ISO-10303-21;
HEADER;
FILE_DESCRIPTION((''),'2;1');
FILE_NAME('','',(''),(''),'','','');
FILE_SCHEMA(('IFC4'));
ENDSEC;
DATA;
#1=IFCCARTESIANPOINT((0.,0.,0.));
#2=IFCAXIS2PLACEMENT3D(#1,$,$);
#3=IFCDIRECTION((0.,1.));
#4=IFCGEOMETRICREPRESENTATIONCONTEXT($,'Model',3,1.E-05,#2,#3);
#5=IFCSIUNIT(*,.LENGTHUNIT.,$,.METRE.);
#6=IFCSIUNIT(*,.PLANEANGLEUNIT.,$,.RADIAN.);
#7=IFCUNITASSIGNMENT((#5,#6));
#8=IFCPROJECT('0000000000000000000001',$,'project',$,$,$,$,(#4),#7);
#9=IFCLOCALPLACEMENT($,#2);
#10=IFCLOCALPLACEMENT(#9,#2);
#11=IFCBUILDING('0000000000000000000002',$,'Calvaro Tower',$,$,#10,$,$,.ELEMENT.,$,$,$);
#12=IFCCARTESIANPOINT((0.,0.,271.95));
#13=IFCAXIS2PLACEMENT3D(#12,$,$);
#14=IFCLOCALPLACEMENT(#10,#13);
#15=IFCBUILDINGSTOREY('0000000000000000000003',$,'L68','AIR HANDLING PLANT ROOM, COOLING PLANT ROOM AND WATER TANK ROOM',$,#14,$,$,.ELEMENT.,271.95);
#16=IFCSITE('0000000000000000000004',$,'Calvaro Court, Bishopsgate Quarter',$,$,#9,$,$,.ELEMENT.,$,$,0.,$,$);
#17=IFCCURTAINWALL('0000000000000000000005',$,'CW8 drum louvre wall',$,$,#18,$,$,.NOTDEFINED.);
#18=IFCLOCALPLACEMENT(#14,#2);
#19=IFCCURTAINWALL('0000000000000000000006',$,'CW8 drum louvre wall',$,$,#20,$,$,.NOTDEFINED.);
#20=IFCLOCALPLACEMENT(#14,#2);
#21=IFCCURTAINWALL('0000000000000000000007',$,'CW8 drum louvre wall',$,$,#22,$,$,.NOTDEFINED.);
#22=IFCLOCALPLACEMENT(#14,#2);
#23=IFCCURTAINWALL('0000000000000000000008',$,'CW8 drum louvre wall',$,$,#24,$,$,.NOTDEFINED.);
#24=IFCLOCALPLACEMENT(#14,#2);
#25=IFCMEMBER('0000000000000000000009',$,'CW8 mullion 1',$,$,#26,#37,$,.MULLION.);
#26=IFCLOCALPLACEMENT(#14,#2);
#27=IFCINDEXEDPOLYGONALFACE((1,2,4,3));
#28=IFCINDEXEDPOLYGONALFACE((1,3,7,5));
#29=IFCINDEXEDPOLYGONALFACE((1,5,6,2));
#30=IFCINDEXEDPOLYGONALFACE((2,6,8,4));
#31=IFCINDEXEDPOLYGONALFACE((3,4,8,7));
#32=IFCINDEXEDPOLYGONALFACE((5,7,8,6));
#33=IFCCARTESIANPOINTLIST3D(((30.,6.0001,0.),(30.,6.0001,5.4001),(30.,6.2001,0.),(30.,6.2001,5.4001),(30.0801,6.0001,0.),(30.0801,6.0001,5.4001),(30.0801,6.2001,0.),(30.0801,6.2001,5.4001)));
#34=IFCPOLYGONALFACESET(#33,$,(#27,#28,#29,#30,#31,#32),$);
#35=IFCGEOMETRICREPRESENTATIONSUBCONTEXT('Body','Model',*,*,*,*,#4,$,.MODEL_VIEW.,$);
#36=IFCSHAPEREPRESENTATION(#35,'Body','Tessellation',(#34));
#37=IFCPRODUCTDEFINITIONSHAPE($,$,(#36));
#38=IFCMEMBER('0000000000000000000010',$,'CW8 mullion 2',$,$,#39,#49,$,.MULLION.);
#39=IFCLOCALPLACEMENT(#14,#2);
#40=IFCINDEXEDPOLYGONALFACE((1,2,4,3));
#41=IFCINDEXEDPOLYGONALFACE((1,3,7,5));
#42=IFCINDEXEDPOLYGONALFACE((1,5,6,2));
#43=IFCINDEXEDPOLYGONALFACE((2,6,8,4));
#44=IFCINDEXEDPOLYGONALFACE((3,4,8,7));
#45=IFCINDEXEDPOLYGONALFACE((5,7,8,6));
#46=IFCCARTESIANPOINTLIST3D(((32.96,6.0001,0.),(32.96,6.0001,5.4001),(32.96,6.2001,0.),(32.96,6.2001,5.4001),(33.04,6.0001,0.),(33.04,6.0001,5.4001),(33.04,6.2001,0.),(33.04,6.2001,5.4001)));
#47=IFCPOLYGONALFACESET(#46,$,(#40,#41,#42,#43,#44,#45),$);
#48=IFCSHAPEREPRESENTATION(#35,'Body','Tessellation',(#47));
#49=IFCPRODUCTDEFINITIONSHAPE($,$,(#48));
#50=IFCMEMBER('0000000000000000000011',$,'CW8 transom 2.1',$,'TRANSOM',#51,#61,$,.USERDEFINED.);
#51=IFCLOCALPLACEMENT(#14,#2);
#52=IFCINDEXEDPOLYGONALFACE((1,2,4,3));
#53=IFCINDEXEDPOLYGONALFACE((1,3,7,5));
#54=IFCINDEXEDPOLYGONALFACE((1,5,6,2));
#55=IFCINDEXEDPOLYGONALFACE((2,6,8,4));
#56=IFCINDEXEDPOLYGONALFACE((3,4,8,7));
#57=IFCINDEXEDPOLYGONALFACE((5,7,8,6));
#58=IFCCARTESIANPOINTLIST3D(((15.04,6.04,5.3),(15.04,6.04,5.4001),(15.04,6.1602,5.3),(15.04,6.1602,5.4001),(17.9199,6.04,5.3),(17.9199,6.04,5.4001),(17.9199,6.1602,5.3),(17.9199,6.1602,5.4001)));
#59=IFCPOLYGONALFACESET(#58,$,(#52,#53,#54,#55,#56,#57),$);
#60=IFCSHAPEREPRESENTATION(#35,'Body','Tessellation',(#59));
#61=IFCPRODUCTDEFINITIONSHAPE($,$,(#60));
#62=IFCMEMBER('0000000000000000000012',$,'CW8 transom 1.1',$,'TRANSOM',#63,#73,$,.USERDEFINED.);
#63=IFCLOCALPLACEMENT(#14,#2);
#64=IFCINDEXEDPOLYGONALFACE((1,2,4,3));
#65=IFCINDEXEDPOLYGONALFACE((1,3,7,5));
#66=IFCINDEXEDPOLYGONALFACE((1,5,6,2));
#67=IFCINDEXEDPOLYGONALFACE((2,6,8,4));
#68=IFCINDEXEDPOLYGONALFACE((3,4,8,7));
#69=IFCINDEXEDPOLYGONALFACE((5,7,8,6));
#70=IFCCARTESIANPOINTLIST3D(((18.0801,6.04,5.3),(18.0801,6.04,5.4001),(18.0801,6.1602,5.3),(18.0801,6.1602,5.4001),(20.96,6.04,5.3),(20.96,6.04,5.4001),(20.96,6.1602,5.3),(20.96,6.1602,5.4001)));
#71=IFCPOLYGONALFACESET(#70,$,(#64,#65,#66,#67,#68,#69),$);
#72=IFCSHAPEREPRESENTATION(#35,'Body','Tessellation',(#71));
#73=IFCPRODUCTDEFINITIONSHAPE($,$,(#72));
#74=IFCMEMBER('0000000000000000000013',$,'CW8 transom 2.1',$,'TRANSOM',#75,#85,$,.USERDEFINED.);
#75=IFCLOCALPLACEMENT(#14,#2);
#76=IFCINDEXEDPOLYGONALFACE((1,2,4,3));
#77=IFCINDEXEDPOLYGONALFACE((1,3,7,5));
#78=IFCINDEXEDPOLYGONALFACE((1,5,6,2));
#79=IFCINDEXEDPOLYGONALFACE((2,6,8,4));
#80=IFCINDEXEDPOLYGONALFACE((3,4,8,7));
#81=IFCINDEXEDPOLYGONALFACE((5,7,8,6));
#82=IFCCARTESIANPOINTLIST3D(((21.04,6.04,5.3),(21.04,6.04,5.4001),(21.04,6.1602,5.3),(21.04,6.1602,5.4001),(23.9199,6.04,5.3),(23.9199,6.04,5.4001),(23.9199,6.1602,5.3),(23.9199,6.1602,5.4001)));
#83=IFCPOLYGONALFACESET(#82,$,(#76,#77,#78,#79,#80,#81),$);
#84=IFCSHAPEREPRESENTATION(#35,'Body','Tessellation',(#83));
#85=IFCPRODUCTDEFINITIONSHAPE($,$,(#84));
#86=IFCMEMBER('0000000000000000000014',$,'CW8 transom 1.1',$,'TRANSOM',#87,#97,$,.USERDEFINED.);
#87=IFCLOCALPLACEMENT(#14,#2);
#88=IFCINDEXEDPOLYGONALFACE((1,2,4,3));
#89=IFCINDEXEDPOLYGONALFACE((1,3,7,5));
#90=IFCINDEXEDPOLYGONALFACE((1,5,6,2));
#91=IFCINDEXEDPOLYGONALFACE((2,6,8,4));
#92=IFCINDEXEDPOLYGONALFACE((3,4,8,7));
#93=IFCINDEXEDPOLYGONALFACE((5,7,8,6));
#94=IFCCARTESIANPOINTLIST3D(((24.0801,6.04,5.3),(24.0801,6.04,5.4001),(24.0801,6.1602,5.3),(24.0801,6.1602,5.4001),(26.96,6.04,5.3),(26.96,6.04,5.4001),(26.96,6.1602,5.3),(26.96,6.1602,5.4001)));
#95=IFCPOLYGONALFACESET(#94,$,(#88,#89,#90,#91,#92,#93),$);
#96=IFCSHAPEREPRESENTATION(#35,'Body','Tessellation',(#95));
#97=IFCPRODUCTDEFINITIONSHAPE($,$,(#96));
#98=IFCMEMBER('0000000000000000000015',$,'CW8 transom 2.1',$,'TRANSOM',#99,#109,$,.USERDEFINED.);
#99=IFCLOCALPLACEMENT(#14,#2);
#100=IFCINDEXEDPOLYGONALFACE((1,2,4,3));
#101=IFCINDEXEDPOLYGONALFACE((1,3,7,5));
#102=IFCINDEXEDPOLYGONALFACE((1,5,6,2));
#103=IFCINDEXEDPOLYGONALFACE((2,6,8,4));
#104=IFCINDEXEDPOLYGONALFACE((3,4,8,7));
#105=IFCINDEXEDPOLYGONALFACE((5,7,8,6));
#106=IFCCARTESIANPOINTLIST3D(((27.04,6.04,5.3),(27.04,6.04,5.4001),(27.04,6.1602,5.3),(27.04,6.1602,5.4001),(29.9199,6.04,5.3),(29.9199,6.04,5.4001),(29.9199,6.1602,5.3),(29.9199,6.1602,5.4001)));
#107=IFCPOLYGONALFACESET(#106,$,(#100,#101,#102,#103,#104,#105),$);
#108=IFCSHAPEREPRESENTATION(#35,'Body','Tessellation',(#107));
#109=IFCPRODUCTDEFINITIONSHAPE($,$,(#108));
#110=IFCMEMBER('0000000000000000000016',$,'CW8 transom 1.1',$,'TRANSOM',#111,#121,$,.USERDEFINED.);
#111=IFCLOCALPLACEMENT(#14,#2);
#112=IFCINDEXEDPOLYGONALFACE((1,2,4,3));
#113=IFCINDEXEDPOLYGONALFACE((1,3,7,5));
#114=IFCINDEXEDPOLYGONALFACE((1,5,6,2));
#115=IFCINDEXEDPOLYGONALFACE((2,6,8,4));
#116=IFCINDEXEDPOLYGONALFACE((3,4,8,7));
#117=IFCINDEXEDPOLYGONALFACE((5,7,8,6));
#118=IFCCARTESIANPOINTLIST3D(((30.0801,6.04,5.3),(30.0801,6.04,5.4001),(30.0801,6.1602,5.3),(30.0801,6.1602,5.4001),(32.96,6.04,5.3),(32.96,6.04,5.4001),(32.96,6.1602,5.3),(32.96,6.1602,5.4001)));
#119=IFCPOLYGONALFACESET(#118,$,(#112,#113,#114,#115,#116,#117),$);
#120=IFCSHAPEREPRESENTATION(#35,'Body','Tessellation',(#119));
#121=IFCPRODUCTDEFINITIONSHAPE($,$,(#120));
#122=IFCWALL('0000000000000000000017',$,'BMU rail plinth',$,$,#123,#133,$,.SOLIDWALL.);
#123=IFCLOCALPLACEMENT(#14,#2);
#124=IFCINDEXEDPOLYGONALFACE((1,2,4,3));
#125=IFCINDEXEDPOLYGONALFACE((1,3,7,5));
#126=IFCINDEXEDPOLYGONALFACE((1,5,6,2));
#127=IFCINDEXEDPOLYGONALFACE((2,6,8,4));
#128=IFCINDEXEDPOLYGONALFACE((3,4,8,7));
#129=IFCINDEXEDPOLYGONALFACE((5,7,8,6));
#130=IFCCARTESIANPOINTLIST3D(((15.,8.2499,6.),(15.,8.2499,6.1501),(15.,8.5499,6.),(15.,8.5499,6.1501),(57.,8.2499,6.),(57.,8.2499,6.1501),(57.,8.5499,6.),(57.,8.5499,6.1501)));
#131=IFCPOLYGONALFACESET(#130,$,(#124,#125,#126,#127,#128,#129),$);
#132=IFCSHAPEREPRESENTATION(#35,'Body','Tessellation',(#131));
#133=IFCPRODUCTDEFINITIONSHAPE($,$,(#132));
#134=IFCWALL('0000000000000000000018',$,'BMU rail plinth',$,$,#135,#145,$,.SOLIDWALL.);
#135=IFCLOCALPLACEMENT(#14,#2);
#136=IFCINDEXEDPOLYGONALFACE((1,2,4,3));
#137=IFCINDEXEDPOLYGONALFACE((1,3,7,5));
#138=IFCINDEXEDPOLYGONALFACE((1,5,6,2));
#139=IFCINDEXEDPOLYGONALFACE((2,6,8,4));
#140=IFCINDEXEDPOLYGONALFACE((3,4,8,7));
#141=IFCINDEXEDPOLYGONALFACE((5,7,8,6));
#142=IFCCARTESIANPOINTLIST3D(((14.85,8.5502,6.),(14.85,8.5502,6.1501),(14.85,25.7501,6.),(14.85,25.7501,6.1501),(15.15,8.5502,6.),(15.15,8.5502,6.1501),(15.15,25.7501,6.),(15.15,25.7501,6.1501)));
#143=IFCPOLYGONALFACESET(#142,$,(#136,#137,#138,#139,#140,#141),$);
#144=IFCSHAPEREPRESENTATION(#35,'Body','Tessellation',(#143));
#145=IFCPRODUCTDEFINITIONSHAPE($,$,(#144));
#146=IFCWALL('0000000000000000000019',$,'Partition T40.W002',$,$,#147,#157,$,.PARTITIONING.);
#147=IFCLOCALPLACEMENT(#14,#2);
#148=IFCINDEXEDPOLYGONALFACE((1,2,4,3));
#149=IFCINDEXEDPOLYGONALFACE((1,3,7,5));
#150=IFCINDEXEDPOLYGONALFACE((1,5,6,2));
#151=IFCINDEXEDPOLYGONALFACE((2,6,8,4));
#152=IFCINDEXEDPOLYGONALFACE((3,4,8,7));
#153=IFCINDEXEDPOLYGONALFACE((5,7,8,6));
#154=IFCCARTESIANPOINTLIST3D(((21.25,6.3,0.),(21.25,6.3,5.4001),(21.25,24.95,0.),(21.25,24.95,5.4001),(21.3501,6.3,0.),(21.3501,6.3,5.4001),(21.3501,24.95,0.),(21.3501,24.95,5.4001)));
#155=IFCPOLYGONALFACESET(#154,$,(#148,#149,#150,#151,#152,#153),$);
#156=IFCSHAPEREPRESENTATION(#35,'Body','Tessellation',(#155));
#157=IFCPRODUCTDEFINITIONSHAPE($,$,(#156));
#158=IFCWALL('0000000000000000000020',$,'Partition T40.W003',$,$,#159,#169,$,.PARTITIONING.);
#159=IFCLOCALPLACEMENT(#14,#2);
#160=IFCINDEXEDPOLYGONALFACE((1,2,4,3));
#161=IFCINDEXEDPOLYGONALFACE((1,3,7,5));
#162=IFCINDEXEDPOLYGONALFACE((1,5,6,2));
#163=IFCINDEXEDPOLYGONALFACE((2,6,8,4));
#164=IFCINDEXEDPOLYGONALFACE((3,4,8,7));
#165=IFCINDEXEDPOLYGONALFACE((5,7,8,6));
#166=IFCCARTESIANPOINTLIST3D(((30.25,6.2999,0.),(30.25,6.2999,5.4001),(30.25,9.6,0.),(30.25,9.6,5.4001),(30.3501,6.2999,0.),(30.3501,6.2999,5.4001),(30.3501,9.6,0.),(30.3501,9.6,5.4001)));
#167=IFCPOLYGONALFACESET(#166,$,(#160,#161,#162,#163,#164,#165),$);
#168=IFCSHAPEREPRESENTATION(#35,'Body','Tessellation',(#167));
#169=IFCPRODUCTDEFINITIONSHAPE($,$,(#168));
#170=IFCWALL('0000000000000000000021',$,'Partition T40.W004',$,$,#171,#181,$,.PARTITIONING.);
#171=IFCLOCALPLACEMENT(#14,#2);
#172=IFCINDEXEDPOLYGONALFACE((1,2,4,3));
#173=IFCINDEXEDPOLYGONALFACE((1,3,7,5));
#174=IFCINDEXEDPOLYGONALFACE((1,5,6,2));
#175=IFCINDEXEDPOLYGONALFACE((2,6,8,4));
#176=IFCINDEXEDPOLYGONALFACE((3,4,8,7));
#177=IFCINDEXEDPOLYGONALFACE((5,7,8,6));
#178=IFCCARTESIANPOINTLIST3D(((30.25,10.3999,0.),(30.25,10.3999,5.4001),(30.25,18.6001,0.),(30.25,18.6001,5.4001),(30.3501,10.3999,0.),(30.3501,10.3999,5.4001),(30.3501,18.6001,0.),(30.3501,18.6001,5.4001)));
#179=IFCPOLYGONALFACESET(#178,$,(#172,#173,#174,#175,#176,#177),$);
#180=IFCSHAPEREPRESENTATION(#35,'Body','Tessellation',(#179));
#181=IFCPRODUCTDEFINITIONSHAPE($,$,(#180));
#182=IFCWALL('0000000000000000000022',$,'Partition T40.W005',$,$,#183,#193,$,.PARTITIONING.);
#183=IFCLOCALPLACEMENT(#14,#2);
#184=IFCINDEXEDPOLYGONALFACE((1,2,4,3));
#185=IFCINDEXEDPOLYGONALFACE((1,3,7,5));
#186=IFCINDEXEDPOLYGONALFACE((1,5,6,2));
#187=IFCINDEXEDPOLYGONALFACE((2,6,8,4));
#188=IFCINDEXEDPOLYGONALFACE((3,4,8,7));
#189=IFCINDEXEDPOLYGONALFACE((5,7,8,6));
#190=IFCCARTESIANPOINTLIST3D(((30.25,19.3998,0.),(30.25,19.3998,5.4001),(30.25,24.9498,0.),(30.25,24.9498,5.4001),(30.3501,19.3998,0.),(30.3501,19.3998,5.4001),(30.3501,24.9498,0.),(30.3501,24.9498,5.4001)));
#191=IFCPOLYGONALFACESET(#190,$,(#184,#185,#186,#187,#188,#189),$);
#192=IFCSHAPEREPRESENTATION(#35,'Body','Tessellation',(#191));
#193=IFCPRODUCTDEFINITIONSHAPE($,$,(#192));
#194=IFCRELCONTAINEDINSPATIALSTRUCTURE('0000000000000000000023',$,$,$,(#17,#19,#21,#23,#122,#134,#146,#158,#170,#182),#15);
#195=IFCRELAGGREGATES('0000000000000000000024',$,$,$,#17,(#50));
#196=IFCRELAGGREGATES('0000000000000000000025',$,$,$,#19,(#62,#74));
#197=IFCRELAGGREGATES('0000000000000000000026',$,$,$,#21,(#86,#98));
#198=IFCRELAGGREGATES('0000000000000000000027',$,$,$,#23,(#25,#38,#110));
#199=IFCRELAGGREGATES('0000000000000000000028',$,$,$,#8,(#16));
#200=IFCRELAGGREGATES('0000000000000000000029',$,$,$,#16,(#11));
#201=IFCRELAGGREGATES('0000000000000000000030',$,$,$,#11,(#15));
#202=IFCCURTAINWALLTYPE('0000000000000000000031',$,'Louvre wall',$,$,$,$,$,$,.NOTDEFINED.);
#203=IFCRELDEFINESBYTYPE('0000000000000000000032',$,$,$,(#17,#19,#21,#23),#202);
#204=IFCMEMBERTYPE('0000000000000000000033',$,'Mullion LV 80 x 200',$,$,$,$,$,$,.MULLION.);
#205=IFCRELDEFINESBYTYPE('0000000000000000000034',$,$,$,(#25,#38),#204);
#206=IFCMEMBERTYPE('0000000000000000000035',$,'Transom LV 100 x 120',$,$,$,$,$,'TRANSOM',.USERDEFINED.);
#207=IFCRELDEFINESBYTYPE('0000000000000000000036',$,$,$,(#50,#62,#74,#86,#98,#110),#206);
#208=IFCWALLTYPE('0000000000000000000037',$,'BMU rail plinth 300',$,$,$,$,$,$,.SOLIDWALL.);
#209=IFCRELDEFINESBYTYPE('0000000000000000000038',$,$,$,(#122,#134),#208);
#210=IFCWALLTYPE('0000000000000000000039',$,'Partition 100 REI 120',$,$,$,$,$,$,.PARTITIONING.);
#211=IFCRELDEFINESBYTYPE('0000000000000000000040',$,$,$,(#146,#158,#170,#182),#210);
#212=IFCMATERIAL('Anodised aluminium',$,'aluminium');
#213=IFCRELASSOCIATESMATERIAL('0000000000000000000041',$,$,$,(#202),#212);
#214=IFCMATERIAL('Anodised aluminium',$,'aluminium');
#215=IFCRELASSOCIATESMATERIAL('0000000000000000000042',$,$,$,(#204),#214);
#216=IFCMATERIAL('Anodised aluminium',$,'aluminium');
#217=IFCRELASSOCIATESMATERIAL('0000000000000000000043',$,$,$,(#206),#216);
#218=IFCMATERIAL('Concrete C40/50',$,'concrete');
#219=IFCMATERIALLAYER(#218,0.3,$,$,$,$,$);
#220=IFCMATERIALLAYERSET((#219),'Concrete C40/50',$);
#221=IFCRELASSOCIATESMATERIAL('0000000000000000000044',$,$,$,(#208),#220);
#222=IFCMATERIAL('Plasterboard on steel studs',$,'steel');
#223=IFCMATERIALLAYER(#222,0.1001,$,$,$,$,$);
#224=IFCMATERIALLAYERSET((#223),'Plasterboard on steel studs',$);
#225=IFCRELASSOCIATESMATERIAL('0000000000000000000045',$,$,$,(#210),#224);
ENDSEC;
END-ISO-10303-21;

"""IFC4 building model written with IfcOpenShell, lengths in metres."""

from ifc_helpers import new_model, si_unit, direction, frame, frame_2d, origin, origin_2d, place, context, subcontext, project, spatial, rectangle, extrude, material, layer, layer_set, material_profile, profile_set, type_object, element, aggregate, save


model = new_model("IFC4")

# Units and contexts
model_context = context("Model", 3, precision=1e-05, world=origin(), true_north=direction((0.0, 1.0)))
body_context = subcontext(model_context, "Body", "Model", "MODEL_VIEW")
ifc_project = project(units=[si_unit("LENGTHUNIT", "METRE"), si_unit("PLANEANGLEUNIT", "RADIAN")], contexts=[model_context])

# Site, building, storey
site_placement = place(None, origin())
site = spatial("IfcSite", under=ifc_project, at=site_placement, Name="Calvaro Court, Bishopsgate Quarter", CompositionType="ELEMENT", RefElevation=0.0)
building_placement = place(site_placement, origin())
building = spatial("IfcBuilding", under=site, at=building_placement, Name="Calvaro Tower", CompositionType="ELEMENT")
storey_placement = place(building_placement, frame((0.0, 0.0, 271.95)))
storey = spatial("IfcBuildingStorey", under=building, at=storey_placement, Name="L68", Description="AIR HANDLING PLANT ROOM, COOLING PLANT ROOM AND WATER TANK ROOM", CompositionType="ELEMENT", Elevation=271.95)

# Curtain wall
ifc_material_1 = material(Name="Anodised aluminium", Category="aluminium")
curtain_wall_type = type_object("IfcCurtainWallType", Name="Louvre wall", PredefinedType="NOTDEFINED", material=ifc_material_1)
curtain_wall_1_placement = place(storey_placement, origin())
curtain_wall_1 = element("IfcCurtainWall", 1, at=curtain_wall_1_placement, inside=storey, type_object=curtain_wall_type, Name="CW8 drum louvre wall", PredefinedType="NOTDEFINED")
ifc_material_2 = material(Name="Anodised aluminium", Category="aluminium")
ifc_material_profile_1 = material_profile(ifc_material_2, rectangle(XDim=0.2, YDim=0.0801, at=origin_2d()), Name="Mullion LV 80 x 200")
ifc_profile_set_1 = profile_set([ifc_material_profile_1], Name="Anodised aluminium")
member_type_1 = type_object("IfcMemberType", Name="Mullion LV 80 x 200", PredefinedType="MULLION", material=ifc_profile_set_1)

# Curtain walls, members
curtain_wall_2_placement = place(storey_placement, origin())
curtain_wall_2 = element("IfcCurtainWall", 2, at=curtain_wall_2_placement, inside=storey, type_object=curtain_wall_type, Name="CW8 drum louvre wall", PredefinedType="NOTDEFINED")
curtain_wall_3_placement = place(storey_placement, origin())
curtain_wall_3 = element("IfcCurtainWall", 3, at=curtain_wall_3_placement, inside=storey, type_object=curtain_wall_type, Name="CW8 drum louvre wall", PredefinedType="NOTDEFINED")
curtain_wall_4_placement = place(storey_placement, origin())
curtain_wall_4 = element("IfcCurtainWall", 4, at=curtain_wall_4_placement, inside=storey, type_object=curtain_wall_type, Name="CW8 drum louvre wall", PredefinedType="NOTDEFINED")
member_1_placement = place(storey_placement, frame((30.04, 6.1001, 0.0), z_axis=(0.0, 0.0, 1.0), x_axis=(0.0, 1.0, 0.0)))
member_1 = element("IfcMember", 5, at=member_1_placement, type_object=member_type_1, Name="CW8 mullion 1", PredefinedType="MULLION", context=body_context, shape_type="SweptSolid", body=[
    extrude(rectangle(XDim=0.2, YDim=0.0801, at=origin_2d()), origin(), (0.0, 0.0, 1.0), 5.4001),
])
member_2_placement = place(storey_placement, frame((33.0, 6.1001, 0.0), z_axis=(0.0, 0.0, 1.0), x_axis=(0.0, 1.0, 0.0)))
member_2 = element("IfcMember", 6, at=member_2_placement, type_object=member_type_1, Name="CW8 mullion 2", PredefinedType="MULLION", context=body_context, shape_type="SweptSolid", body=[
    extrude(rectangle(XDim=0.2, YDim=0.0801, at=origin_2d()), origin(), (0.0, 0.0, 1.0), 5.4001),
])

# Members
ifc_material_3 = material(Name="Anodised aluminium", Category="aluminium")
ifc_material_profile_2 = material_profile(ifc_material_3, rectangle(XDim=0.1201, YDim=0.1001, at=origin_2d()), Name="Transom LV 100 x 120")
ifc_profile_set_2 = profile_set([ifc_material_profile_2], Name="Anodised aluminium")
member_type_2 = type_object("IfcMemberType", Name="Transom LV 100 x 120", ElementType="TRANSOM", PredefinedType="USERDEFINED", material=ifc_profile_set_2)
member_3_placement = place(storey_placement, frame((15.04, 6.1001, 5.3501), z_axis=(1.0, 0.0, 0.0), x_axis=(0.0, 1.0, 0.0)))
member_3 = element("IfcMember", 7, at=member_3_placement, type_object=member_type_2, Name="CW8 transom 2.1", ObjectType="TRANSOM", PredefinedType="USERDEFINED", context=body_context, shape_type="SweptSolid", body=[
    extrude(rectangle(XDim=0.1201, YDim=0.1001, at=origin_2d()), origin(), (0.0, 0.0, 1.0), 2.8799),
])
member_4_placement = place(storey_placement, frame((18.0801, 6.1001, 5.3501), z_axis=(1.0, 0.0, 0.0), x_axis=(0.0, 1.0, 0.0)))
member_4 = element("IfcMember", 8, at=member_4_placement, type_object=member_type_2, Name="CW8 transom 1.1", ObjectType="TRANSOM", PredefinedType="USERDEFINED", context=body_context, shape_type="SweptSolid", body=[
    extrude(rectangle(XDim=0.1201, YDim=0.1001, at=origin_2d()), origin(), (0.0, 0.0, 1.0), 2.8799),
])
member_5_placement = place(storey_placement, frame((21.04, 6.1001, 5.3501), z_axis=(1.0, 0.0, 0.0), x_axis=(0.0, 1.0, 0.0)))
member_5 = element("IfcMember", 9, at=member_5_placement, type_object=member_type_2, Name="CW8 transom 2.1", ObjectType="TRANSOM", PredefinedType="USERDEFINED", context=body_context, shape_type="SweptSolid", body=[
    extrude(rectangle(XDim=0.1201, YDim=0.1001, at=origin_2d()), origin(), (0.0, 0.0, 1.0), 2.8799),
])
member_6_placement = place(storey_placement, frame((24.0801, 6.1001, 5.3501), z_axis=(1.0, 0.0, 0.0), x_axis=(0.0, 1.0, 0.0)))
member_6 = element("IfcMember", 10, at=member_6_placement, type_object=member_type_2, Name="CW8 transom 1.1", ObjectType="TRANSOM", PredefinedType="USERDEFINED", context=body_context, shape_type="SweptSolid", body=[
    extrude(rectangle(XDim=0.1201, YDim=0.1001, at=origin_2d()), origin(), (0.0, 0.0, 1.0), 2.8799),
])
member_7_placement = place(storey_placement, frame((27.04, 6.1001, 5.3501), z_axis=(1.0, 0.0, 0.0), x_axis=(0.0, 1.0, 0.0)))
member_7 = element("IfcMember", 11, at=member_7_placement, type_object=member_type_2, Name="CW8 transom 2.1", ObjectType="TRANSOM", PredefinedType="USERDEFINED", context=body_context, shape_type="SweptSolid", body=[
    extrude(rectangle(XDim=0.1201, YDim=0.1001, at=origin_2d()), origin(), (0.0, 0.0, 1.0), 2.8799),
])
member_8_placement = place(storey_placement, frame((30.0801, 6.1001, 5.3501), z_axis=(1.0, 0.0, 0.0), x_axis=(0.0, 1.0, 0.0)))
member_8 = element("IfcMember", 12, at=member_8_placement, type_object=member_type_2, Name="CW8 transom 1.1", ObjectType="TRANSOM", PredefinedType="USERDEFINED", context=body_context, shape_type="SweptSolid", body=[
    extrude(rectangle(XDim=0.1201, YDim=0.1001, at=origin_2d()), origin(), (0.0, 0.0, 1.0), 2.8799),
])

# Walls
ifc_material_4 = material(Name="Concrete C40/50", Category="concrete")
ifc_layer_1 = layer(ifc_material_4, 0.3)
ifc_layer_set_1 = layer_set([ifc_layer_1], Name="Concrete C40/50")
wall_type_1 = type_object("IfcWallType", Name="BMU rail plinth 300", PredefinedType="SOLIDWALL", material=ifc_layer_set_1)
wall_1_placement = place(storey_placement, frame((15.0, 8.3999, 6.0), z_axis=(0.0, 0.0, 1.0), x_axis=(1.0, 0.0, 0.0)))
element("IfcWall", 13, at=wall_1_placement, inside=storey, type_object=wall_type_1, Name="BMU rail plinth", PredefinedType="SOLIDWALL", context=body_context, shape_type="SweptSolid", body=[
    extrude(rectangle(XDim=42.0, YDim=0.3, at=frame_2d((21.0, 0.0))), origin(), (0.0, 0.0, 1.0), 0.1501),
])
wall_2_placement = place(storey_placement, frame((15.0, 8.55, 6.0), z_axis=(0.0, 0.0, 1.0), x_axis=(0.0, 1.0, 0.0)))
element("IfcWall", 14, at=wall_2_placement, inside=storey, type_object=wall_type_1, Name="BMU rail plinth", PredefinedType="SOLIDWALL", context=body_context, shape_type="SweptSolid", body=[
    extrude(rectangle(XDim=17.2, YDim=0.3, at=frame_2d((8.6001, 0.0))), origin(), (0.0, 0.0, 1.0), 0.1501),
])
ifc_material_5 = material(Name="Plasterboard on steel studs", Category="steel")
ifc_layer_2 = layer(ifc_material_5, 0.1001)
ifc_layer_set_2 = layer_set([ifc_layer_2], Name="Plasterboard on steel studs")
wall_type_2 = type_object("IfcWallType", Name="Partition 100 REI 120", PredefinedType="PARTITIONING", material=ifc_layer_set_2)
wall_3_placement = place(storey_placement, frame((21.3, 6.3, 0.0), z_axis=(0.0, 0.0, 1.0), x_axis=(0.0, 1.0, 0.0)))
element("IfcWall", 15, at=wall_3_placement, inside=storey, type_object=wall_type_2, Name="Partition T40.W002", PredefinedType="PARTITIONING", context=body_context, shape_type="SweptSolid", body=[
    extrude(rectangle(XDim=18.6499, YDim=0.1001, at=frame_2d((9.325, 0.0))), origin(), (0.0, 0.0, 1.0), 5.4001),
])
wall_4_placement = place(storey_placement, frame((30.3, 6.3, 0.0), z_axis=(0.0, 0.0, 1.0), x_axis=(0.0, 1.0, 0.0)))
element("IfcWall", 16, at=wall_4_placement, inside=storey, type_object=wall_type_2, Name="Partition T40.W003", PredefinedType="PARTITIONING", context=body_context, shape_type="SweptSolid", body=[
    extrude(rectangle(XDim=3.3, YDim=0.1001, at=frame_2d((1.6499, 0.0))), origin(), (0.0, 0.0, 1.0), 5.4001),
])
wall_5_placement = place(storey_placement, frame((30.3, 10.3999, 0.0), z_axis=(0.0, 0.0, 1.0), x_axis=(0.0, 1.0, 0.0)))
element("IfcWall", 17, at=wall_5_placement, inside=storey, type_object=wall_type_2, Name="Partition T40.W004", PredefinedType="PARTITIONING", context=body_context, shape_type="SweptSolid", body=[
    extrude(rectangle(XDim=8.2002, YDim=0.1001, at=frame_2d((4.1001, 0.0))), origin(), (0.0, 0.0, 1.0), 5.4001),
])
wall_6_placement = place(storey_placement, frame((30.3, 19.3999, 0.0), z_axis=(0.0, 0.0, 1.0), x_axis=(0.0, 1.0, 0.0)))
element("IfcWall", 18, at=wall_6_placement, inside=storey, type_object=wall_type_2, Name="Partition T40.W005", PredefinedType="PARTITIONING", context=body_context, shape_type="SweptSolid", body=[
    extrude(rectangle(XDim=5.55, YDim=0.1001, at=frame_2d((2.7749, 0.0))), origin(), (0.0, 0.0, 1.0), 5.4001),
])

aggregate(curtain_wall_1, [member_3])
aggregate(curtain_wall_2, [member_4, member_5])
aggregate(curtain_wall_3, [member_6, member_7])
aggregate(curtain_wall_4, [member_1, member_2, member_8])

save(model, "model.ifc")
